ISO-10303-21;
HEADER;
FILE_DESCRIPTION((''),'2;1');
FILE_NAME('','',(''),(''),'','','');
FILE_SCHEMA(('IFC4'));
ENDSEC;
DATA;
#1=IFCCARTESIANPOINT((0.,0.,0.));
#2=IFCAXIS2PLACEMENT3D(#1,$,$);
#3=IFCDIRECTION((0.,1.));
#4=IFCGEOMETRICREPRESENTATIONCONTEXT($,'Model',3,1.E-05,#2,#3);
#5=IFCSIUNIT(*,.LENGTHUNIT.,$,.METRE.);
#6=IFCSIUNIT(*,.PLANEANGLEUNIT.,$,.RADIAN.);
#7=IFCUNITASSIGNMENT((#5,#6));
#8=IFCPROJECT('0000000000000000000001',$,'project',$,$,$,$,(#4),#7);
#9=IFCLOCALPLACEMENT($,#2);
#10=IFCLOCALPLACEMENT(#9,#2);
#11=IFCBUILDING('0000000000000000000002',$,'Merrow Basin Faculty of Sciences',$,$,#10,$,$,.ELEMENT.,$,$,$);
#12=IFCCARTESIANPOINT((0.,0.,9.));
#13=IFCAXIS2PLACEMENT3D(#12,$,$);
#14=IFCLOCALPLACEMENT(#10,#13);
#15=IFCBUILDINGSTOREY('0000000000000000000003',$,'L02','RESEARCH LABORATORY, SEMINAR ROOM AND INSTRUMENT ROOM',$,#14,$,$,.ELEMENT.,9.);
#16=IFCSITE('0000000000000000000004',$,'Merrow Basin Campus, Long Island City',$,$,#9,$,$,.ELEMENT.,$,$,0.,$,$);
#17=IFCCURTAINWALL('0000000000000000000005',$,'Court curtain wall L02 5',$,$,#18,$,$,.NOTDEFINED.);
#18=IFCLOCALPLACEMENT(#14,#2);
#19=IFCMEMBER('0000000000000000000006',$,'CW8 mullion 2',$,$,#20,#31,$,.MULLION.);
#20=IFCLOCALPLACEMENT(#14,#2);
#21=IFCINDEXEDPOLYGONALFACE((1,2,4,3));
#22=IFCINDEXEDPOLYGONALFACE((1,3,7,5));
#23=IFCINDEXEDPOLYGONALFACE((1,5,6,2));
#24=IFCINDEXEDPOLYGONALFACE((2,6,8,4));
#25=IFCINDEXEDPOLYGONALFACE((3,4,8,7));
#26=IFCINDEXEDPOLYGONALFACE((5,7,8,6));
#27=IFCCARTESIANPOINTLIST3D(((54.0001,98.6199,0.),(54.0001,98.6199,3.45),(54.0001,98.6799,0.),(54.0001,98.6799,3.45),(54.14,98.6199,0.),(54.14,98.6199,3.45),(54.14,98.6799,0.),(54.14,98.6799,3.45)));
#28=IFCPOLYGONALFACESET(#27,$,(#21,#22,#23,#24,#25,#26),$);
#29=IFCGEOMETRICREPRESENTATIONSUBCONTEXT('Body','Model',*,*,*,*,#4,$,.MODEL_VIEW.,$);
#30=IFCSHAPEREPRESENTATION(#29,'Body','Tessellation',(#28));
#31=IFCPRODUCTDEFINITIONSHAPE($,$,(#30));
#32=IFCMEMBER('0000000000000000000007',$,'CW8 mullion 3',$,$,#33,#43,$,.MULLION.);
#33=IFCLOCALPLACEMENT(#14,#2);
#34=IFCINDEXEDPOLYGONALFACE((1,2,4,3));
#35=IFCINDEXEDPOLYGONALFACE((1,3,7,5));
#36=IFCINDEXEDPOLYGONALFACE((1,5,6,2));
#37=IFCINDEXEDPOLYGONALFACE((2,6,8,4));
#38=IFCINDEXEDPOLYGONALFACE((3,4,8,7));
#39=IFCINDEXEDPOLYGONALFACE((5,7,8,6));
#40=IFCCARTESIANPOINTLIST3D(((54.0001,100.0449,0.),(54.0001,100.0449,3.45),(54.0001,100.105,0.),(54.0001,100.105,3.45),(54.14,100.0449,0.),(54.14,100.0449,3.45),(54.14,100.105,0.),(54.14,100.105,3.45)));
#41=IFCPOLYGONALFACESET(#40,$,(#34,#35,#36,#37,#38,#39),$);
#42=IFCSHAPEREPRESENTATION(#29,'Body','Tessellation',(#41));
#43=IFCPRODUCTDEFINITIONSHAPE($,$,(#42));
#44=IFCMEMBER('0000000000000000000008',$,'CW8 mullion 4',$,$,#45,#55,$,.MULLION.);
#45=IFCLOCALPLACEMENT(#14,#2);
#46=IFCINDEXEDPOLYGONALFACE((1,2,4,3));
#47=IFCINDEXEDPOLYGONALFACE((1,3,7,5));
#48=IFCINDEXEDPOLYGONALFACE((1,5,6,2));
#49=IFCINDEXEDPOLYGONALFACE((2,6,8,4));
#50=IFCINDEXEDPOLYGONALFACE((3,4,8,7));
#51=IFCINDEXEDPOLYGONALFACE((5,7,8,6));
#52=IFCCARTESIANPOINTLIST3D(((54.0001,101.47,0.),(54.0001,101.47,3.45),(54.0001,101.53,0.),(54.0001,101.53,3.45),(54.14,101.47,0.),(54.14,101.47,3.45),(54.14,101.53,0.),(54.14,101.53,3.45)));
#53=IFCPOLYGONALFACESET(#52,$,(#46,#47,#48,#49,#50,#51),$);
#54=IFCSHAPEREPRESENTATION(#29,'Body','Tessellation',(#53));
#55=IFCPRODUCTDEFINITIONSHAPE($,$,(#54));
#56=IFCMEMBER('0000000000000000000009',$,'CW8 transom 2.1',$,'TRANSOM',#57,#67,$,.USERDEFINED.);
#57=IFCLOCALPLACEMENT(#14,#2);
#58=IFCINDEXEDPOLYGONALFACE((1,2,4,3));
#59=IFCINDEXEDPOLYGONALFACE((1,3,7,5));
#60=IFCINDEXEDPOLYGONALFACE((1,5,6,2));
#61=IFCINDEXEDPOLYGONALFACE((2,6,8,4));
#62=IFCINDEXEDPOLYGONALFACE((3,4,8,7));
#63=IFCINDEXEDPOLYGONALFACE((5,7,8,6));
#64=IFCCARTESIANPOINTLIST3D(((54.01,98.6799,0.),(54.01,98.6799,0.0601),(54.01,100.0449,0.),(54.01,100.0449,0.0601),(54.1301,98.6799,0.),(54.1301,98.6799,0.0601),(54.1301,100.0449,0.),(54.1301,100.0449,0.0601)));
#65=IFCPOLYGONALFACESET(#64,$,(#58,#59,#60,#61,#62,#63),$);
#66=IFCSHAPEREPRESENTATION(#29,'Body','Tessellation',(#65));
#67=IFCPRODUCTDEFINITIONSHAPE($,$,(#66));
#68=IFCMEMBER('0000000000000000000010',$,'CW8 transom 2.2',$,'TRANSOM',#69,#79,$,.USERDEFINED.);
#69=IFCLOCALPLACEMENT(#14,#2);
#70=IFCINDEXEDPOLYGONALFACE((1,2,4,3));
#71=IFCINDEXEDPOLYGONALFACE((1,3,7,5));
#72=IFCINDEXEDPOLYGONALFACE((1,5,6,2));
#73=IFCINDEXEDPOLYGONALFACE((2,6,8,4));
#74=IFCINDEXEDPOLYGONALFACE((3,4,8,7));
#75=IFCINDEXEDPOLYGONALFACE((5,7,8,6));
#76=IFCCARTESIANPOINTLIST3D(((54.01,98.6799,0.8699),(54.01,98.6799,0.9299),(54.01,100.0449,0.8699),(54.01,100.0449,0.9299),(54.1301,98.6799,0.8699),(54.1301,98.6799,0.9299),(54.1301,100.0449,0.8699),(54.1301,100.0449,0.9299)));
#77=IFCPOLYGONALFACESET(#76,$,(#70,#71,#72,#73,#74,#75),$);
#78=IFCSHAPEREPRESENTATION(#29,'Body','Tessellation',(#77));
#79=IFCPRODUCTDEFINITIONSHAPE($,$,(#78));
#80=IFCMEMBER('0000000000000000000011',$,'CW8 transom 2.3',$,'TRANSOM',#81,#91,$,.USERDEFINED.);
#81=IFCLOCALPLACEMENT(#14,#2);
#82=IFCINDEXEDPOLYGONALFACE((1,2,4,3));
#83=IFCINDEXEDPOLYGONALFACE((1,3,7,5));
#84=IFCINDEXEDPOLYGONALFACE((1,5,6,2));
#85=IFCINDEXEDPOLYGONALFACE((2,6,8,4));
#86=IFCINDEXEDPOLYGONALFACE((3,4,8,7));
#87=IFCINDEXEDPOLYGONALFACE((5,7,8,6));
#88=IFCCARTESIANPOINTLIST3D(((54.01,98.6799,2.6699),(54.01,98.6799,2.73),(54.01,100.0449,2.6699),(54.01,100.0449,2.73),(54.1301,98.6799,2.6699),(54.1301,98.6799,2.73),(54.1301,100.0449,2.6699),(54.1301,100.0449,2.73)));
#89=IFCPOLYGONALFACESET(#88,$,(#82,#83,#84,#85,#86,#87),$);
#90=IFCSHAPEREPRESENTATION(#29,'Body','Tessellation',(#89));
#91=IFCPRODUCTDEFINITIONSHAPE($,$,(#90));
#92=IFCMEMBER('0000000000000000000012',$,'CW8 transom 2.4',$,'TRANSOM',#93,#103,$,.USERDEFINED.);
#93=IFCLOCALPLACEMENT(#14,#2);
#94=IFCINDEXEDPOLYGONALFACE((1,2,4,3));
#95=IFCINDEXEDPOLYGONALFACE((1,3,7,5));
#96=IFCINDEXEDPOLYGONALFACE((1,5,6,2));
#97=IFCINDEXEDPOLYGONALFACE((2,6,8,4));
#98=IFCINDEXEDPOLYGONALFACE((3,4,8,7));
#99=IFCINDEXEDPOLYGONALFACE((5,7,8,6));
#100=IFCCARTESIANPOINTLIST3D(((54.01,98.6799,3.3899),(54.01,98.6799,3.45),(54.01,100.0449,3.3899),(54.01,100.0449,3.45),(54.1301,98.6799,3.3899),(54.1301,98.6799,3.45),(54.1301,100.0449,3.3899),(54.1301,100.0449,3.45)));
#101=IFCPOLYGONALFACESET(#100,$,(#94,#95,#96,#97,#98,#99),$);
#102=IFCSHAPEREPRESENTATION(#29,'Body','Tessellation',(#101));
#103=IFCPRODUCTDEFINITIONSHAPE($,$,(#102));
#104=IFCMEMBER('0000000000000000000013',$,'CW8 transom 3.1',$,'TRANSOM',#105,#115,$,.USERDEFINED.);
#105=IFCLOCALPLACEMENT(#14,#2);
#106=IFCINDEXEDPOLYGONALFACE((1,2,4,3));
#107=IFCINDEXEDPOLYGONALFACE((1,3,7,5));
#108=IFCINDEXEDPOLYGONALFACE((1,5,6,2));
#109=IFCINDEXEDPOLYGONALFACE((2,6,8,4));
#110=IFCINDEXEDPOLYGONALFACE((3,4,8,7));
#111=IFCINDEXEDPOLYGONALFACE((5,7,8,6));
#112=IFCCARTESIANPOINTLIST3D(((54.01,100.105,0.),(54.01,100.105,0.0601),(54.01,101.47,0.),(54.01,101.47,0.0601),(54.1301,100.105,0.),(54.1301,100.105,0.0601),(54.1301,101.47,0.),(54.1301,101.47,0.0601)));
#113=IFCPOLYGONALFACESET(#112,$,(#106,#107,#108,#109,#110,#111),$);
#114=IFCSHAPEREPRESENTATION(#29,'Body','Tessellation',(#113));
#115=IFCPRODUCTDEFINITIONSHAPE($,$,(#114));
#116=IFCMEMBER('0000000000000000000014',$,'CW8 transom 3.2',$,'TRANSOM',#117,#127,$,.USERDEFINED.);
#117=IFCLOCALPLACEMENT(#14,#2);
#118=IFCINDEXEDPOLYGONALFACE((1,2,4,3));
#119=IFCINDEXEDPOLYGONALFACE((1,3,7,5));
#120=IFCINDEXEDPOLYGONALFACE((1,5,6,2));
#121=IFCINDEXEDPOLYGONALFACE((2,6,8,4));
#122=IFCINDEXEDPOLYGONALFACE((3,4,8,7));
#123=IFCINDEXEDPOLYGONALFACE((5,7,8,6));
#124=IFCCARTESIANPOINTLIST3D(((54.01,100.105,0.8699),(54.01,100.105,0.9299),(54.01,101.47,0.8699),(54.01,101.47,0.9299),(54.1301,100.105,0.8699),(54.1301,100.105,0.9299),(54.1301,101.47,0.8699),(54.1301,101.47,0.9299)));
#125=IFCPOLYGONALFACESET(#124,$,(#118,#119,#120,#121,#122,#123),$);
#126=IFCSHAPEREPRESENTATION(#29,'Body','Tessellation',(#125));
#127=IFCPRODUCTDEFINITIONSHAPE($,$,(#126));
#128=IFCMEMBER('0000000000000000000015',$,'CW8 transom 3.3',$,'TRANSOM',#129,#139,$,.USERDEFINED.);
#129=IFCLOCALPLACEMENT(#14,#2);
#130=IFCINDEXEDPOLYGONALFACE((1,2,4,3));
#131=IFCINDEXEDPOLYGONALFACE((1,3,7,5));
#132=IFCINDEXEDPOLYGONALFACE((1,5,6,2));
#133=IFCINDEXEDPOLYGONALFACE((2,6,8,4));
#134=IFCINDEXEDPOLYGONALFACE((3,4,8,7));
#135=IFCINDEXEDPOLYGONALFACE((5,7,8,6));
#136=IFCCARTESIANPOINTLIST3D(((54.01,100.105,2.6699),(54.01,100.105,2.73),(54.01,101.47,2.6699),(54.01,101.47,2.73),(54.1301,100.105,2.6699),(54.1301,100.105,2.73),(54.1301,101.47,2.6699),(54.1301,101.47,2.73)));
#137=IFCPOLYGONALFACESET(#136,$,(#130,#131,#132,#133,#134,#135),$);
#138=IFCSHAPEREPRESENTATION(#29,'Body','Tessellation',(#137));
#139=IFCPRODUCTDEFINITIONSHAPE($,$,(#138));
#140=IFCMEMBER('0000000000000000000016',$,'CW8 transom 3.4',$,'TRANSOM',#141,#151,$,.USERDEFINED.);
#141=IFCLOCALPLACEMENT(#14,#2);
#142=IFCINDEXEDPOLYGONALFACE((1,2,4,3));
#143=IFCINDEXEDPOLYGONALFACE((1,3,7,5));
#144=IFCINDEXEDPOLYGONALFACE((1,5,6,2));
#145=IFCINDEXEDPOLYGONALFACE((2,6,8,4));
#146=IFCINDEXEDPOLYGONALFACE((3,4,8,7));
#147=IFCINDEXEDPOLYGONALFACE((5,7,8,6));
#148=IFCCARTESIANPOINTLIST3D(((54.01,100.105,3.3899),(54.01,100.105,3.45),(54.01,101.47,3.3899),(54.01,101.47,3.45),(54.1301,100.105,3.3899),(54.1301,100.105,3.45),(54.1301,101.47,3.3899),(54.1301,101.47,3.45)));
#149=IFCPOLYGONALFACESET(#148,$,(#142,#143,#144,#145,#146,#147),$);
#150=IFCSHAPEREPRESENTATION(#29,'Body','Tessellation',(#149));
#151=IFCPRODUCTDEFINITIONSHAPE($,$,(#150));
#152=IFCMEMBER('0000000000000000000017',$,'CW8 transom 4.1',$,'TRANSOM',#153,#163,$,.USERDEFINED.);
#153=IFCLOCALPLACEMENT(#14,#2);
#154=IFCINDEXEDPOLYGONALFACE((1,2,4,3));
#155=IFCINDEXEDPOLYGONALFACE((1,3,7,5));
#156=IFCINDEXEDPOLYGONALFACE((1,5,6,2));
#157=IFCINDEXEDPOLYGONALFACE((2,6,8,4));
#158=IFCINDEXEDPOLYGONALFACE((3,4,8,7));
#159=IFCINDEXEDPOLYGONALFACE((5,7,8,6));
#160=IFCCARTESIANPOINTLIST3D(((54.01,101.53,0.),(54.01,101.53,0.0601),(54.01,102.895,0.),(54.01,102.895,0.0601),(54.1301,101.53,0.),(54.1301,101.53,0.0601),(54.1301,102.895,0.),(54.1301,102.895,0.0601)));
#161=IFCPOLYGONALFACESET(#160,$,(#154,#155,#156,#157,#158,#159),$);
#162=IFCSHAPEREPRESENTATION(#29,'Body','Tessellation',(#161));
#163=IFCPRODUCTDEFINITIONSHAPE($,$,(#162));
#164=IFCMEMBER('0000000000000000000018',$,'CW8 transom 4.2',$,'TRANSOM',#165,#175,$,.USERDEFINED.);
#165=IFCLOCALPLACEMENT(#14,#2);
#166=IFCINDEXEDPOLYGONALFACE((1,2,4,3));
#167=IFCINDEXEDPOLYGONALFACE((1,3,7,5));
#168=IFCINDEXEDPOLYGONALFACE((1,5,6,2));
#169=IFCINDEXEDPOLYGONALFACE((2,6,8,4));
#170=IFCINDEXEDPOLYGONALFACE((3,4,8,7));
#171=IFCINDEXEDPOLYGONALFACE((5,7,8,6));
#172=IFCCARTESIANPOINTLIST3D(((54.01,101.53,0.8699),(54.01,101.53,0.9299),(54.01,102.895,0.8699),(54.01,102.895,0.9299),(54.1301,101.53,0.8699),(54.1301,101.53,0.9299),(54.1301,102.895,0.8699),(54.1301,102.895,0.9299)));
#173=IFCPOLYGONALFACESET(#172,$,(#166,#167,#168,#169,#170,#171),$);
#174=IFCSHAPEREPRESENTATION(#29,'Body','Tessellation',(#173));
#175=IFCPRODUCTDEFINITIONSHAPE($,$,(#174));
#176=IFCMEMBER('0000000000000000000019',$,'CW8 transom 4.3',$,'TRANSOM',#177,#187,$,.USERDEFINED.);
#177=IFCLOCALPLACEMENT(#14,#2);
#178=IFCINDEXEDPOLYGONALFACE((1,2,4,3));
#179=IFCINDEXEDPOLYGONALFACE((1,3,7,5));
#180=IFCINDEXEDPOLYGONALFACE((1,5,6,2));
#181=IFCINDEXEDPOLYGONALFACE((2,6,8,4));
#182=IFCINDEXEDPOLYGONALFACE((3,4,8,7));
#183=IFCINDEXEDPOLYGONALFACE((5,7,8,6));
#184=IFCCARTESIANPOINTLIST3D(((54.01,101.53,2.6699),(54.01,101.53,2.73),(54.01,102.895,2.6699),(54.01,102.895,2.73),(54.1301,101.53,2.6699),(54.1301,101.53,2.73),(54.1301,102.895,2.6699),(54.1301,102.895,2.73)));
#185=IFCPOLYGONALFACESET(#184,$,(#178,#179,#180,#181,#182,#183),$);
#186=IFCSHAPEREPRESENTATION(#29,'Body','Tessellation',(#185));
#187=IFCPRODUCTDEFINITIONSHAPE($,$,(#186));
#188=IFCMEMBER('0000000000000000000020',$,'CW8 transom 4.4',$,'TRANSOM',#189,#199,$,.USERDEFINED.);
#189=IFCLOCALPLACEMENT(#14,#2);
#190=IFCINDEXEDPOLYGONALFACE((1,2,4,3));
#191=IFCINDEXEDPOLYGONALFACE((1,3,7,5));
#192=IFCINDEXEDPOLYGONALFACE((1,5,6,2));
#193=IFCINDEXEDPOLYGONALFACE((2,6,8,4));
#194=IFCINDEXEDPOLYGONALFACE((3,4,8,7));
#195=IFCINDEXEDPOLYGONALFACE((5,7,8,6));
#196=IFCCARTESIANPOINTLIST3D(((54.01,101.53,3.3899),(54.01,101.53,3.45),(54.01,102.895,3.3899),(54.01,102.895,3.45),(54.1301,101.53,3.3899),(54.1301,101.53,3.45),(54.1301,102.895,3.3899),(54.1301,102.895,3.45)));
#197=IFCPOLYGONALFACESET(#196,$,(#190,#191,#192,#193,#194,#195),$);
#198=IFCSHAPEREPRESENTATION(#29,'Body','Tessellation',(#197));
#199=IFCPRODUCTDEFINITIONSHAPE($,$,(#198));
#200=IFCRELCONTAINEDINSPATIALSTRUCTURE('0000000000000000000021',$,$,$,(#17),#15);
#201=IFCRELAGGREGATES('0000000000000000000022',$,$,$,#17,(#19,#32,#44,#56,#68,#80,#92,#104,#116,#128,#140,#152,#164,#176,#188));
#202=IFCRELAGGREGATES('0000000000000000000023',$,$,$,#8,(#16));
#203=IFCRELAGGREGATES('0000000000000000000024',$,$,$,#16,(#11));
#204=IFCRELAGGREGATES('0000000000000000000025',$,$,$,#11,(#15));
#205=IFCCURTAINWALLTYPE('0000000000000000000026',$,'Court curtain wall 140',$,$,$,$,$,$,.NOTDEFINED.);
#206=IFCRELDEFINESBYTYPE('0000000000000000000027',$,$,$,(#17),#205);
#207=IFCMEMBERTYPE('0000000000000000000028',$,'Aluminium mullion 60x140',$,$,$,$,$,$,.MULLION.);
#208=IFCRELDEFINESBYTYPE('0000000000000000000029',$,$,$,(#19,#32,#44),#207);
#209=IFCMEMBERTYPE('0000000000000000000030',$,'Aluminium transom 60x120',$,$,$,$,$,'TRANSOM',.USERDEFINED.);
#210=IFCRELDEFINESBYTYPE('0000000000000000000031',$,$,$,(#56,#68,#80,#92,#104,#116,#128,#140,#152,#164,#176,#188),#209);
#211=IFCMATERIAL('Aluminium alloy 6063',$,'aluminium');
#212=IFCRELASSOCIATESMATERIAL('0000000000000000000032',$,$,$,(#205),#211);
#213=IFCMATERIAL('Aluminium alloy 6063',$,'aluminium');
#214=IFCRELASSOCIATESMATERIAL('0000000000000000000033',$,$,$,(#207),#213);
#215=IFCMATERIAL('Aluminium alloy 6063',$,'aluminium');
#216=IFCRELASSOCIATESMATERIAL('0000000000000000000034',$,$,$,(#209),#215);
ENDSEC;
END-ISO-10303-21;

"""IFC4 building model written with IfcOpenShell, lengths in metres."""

from ifc_helpers import new_model, si_unit, direction, frame, origin, origin_2d, place, context, subcontext, project, spatial, rectangle, extrude, material, material_profile, profile_set, type_object, element, aggregate, save


model = new_model("IFC4")

# Units and contexts
model_context = context("Model", 3, precision=1e-05, world=origin(), true_north=direction((0.0, 1.0)))
body_context = subcontext(model_context, "Body", "Model", "MODEL_VIEW")
ifc_project = project(units=[si_unit("LENGTHUNIT", "METRE"), si_unit("PLANEANGLEUNIT", "RADIAN")], contexts=[model_context])

# Site, building, storey
site_placement = place(None, origin())
site = spatial("IfcSite", under=ifc_project, at=site_placement, Name="Merrow Basin Campus, Long Island City", CompositionType="ELEMENT", RefElevation=0.0)
building_placement = place(site_placement, origin())
building = spatial("IfcBuilding", under=site, at=building_placement, Name="Merrow Basin Faculty of Sciences", CompositionType="ELEMENT")
storey_placement = place(building_placement, frame((0.0, 0.0, 9.0)))
storey = spatial("IfcBuildingStorey", under=building, at=storey_placement, Name="L02", Description="RESEARCH LABORATORY, SEMINAR ROOM AND INSTRUMENT ROOM", CompositionType="ELEMENT", Elevation=9.0)

# Curtain wall, members
ifc_material_1 = material(Name="Aluminium alloy 6063", Category="aluminium")
curtain_wall_type = type_object("IfcCurtainWallType", Name="Court curtain wall 140", PredefinedType="NOTDEFINED", material=ifc_material_1)
curtain_wall_placement = place(storey_placement, origin())
curtain_wall = element("IfcCurtainWall", 1, at=curtain_wall_placement, inside=storey, type_object=curtain_wall_type, Name="Court curtain wall L02 5", PredefinedType="NOTDEFINED")
ifc_material_2 = material(Name="Aluminium alloy 6063", Category="aluminium")
ifc_material_profile_1 = material_profile(ifc_material_2, rectangle(XDim=0.1399, YDim=0.0601, at=origin_2d()))
ifc_profile_set_1 = profile_set([ifc_material_profile_1], Name="Aluminium alloy 6063")
member_type_1 = type_object("IfcMemberType", Name="Aluminium mullion 60x140", PredefinedType="MULLION", material=ifc_profile_set_1)
member_1_placement = place(storey_placement, frame((54.0701, 98.6499, 0.0), z_axis=(0.0, 0.0, 1.0), x_axis=(-1.0, 0.0, 0.0)))
member_1 = element("IfcMember", 2, at=member_1_placement, type_object=member_type_1, Name="CW8 mullion 2", PredefinedType="MULLION", context=body_context, shape_type="SweptSolid", body=[
    extrude(rectangle(XDim=0.1399, YDim=0.0601, at=origin_2d()), origin(), (0.0, 0.0, 1.0), 3.45),
])
member_2_placement = place(storey_placement, frame((54.0701, 100.075, 0.0), z_axis=(0.0, 0.0, 1.0), x_axis=(-1.0, 0.0, 0.0)))
member_2 = element("IfcMember", 3, at=member_2_placement, type_object=member_type_1, Name="CW8 mullion 3", PredefinedType="MULLION", context=body_context, shape_type="SweptSolid", body=[
    extrude(rectangle(XDim=0.1399, YDim=0.0601, at=origin_2d()), origin(), (0.0, 0.0, 1.0), 3.45),
])
member_3_placement = place(storey_placement, frame((54.0701, 101.5, 0.0), z_axis=(0.0, 0.0, 1.0), x_axis=(-1.0, 0.0, 0.0)))
member_3 = element("IfcMember", 4, at=member_3_placement, type_object=member_type_1, Name="CW8 mullion 4", PredefinedType="MULLION", context=body_context, shape_type="SweptSolid", body=[
    extrude(rectangle(XDim=0.1399, YDim=0.0601, at=origin_2d()), origin(), (0.0, 0.0, 1.0), 3.45),
])
ifc_material_3 = material(Name="Aluminium alloy 6063", Category="aluminium")
ifc_material_profile_2 = material_profile(ifc_material_3, rectangle(XDim=0.1201, YDim=0.0601, at=origin_2d()))
ifc_profile_set_2 = profile_set([ifc_material_profile_2], Name="Aluminium alloy 6063")
member_type_2 = type_object("IfcMemberType", Name="Aluminium transom 60x120", ElementType="TRANSOM", PredefinedType="USERDEFINED", material=ifc_profile_set_2)
member_4_placement = place(storey_placement, frame((54.0701, 98.6799, 0.03), z_axis=(0.0, 1.0, 0.0), x_axis=(-1.0, 0.0, 0.0)))
member_4 = element("IfcMember", 5, at=member_4_placement, type_object=member_type_2, Name="CW8 transom 2.1", ObjectType="TRANSOM", PredefinedType="USERDEFINED", context=body_context, shape_type="SweptSolid", body=[
    extrude(rectangle(XDim=0.1201, YDim=0.0601, at=origin_2d()), origin(), (0.0, 0.0, 1.0), 1.365),
])
member_5_placement = place(storey_placement, frame((54.0701, 98.6799, 0.8999), z_axis=(0.0, 1.0, 0.0), x_axis=(-1.0, 0.0, 0.0)))
member_5 = element("IfcMember", 6, at=member_5_placement, type_object=member_type_2, Name="CW8 transom 2.2", ObjectType="TRANSOM", PredefinedType="USERDEFINED", context=body_context, shape_type="SweptSolid", body=[
    extrude(rectangle(XDim=0.1201, YDim=0.0601, at=origin_2d()), origin(), (0.0, 0.0, 1.0), 1.365),
])
member_6_placement = place(storey_placement, frame((54.0701, 98.6799, 2.7), z_axis=(0.0, 1.0, 0.0), x_axis=(-1.0, 0.0, 0.0)))
member_6 = element("IfcMember", 7, at=member_6_placement, type_object=member_type_2, Name="CW8 transom 2.3", ObjectType="TRANSOM", PredefinedType="USERDEFINED", context=body_context, shape_type="SweptSolid", body=[
    extrude(rectangle(XDim=0.1201, YDim=0.0601, at=origin_2d()), origin(), (0.0, 0.0, 1.0), 1.365),
])
member_7_placement = place(storey_placement, frame((54.0701, 98.6799, 3.4199), z_axis=(0.0, 1.0, 0.0), x_axis=(-1.0, 0.0, 0.0)))
member_7 = element("IfcMember", 8, at=member_7_placement, type_object=member_type_2, Name="CW8 transom 2.4", ObjectType="TRANSOM", PredefinedType="USERDEFINED", context=body_context, shape_type="SweptSolid", body=[
    extrude(rectangle(XDim=0.1201, YDim=0.0601, at=origin_2d()), origin(), (0.0, 0.0, 1.0), 1.365),
])
member_8_placement = place(storey_placement, frame((54.0701, 100.105, 0.03), z_axis=(0.0, 1.0, 0.0), x_axis=(-1.0, 0.0, 0.0)))
member_8 = element("IfcMember", 9, at=member_8_placement, type_object=member_type_2, Name="CW8 transom 3.1", ObjectType="TRANSOM", PredefinedType="USERDEFINED", context=body_context, shape_type="SweptSolid", body=[
    extrude(rectangle(XDim=0.1201, YDim=0.0601, at=origin_2d()), origin(), (0.0, 0.0, 1.0), 1.365),
])
member_9_placement = place(storey_placement, frame((54.0701, 100.105, 0.8999), z_axis=(0.0, 1.0, 0.0), x_axis=(-1.0, 0.0, 0.0)))
member_9 = element("IfcMember", 10, at=member_9_placement, type_object=member_type_2, Name="CW8 transom 3.2", ObjectType="TRANSOM", PredefinedType="USERDEFINED", context=body_context, shape_type="SweptSolid", body=[
    extrude(rectangle(XDim=0.1201, YDim=0.0601, at=origin_2d()), origin(), (0.0, 0.0, 1.0), 1.365),
])
member_10_placement = place(storey_placement, frame((54.0701, 100.105, 2.7), z_axis=(0.0, 1.0, 0.0), x_axis=(-1.0, 0.0, 0.0)))
member_10 = element("IfcMember", 11, at=member_10_placement, type_object=member_type_2, Name="CW8 transom 3.3", ObjectType="TRANSOM", PredefinedType="USERDEFINED", context=body_context, shape_type="SweptSolid", body=[
    extrude(rectangle(XDim=0.1201, YDim=0.0601, at=origin_2d()), origin(), (0.0, 0.0, 1.0), 1.365),
])
member_11_placement = place(storey_placement, frame((54.0701, 100.105, 3.4199), z_axis=(0.0, 1.0, 0.0), x_axis=(-1.0, 0.0, 0.0)))
member_11 = element("IfcMember", 12, at=member_11_placement, type_object=member_type_2, Name="CW8 transom 3.4", ObjectType="TRANSOM", PredefinedType="USERDEFINED", context=body_context, shape_type="SweptSolid", body=[
    extrude(rectangle(XDim=0.1201, YDim=0.0601, at=origin_2d()), origin(), (0.0, 0.0, 1.0), 1.365),
])
member_12_placement = place(storey_placement, frame((54.0701, 101.53, 0.03), z_axis=(0.0, 1.0, 0.0), x_axis=(-1.0, 0.0, 0.0)))
member_12 = element("IfcMember", 13, at=member_12_placement, type_object=member_type_2, Name="CW8 transom 4.1", ObjectType="TRANSOM", PredefinedType="USERDEFINED", context=body_context, shape_type="SweptSolid", body=[
    extrude(rectangle(XDim=0.1201, YDim=0.0601, at=origin_2d()), origin(), (0.0, 0.0, 1.0), 1.365),
])
member_13_placement = place(storey_placement, frame((54.0701, 101.53, 0.8999), z_axis=(0.0, 1.0, 0.0), x_axis=(-1.0, 0.0, 0.0)))
member_13 = element("IfcMember", 14, at=member_13_placement, type_object=member_type_2, Name="CW8 transom 4.2", ObjectType="TRANSOM", PredefinedType="USERDEFINED", context=body_context, shape_type="SweptSolid", body=[
    extrude(rectangle(XDim=0.1201, YDim=0.0601, at=origin_2d()), origin(), (0.0, 0.0, 1.0), 1.365),
])
member_14_placement = place(storey_placement, frame((54.0701, 101.53, 2.7), z_axis=(0.0, 1.0, 0.0), x_axis=(-1.0, 0.0, 0.0)))
member_14 = element("IfcMember", 15, at=member_14_placement, type_object=member_type_2, Name="CW8 transom 4.3", ObjectType="TRANSOM", PredefinedType="USERDEFINED", context=body_context, shape_type="SweptSolid", body=[
    extrude(rectangle(XDim=0.1201, YDim=0.0601, at=origin_2d()), origin(), (0.0, 0.0, 1.0), 1.365),
])
member_15_placement = place(storey_placement, frame((54.0701, 101.53, 3.4199), z_axis=(0.0, 1.0, 0.0), x_axis=(-1.0, 0.0, 0.0)))
member_15 = element("IfcMember", 16, at=member_15_placement, type_object=member_type_2, Name="CW8 transom 4.4", ObjectType="TRANSOM", PredefinedType="USERDEFINED", context=body_context, shape_type="SweptSolid", body=[
    extrude(rectangle(XDim=0.1201, YDim=0.0601, at=origin_2d()), origin(), (0.0, 0.0, 1.0), 1.365),
])
aggregate(curtain_wall, [member_1, member_2, member_3, member_4, member_5, member_6, member_7, member_8, member_9, member_10, member_11, member_12, member_13, member_14, member_15])

save(model, "model.ifc")
